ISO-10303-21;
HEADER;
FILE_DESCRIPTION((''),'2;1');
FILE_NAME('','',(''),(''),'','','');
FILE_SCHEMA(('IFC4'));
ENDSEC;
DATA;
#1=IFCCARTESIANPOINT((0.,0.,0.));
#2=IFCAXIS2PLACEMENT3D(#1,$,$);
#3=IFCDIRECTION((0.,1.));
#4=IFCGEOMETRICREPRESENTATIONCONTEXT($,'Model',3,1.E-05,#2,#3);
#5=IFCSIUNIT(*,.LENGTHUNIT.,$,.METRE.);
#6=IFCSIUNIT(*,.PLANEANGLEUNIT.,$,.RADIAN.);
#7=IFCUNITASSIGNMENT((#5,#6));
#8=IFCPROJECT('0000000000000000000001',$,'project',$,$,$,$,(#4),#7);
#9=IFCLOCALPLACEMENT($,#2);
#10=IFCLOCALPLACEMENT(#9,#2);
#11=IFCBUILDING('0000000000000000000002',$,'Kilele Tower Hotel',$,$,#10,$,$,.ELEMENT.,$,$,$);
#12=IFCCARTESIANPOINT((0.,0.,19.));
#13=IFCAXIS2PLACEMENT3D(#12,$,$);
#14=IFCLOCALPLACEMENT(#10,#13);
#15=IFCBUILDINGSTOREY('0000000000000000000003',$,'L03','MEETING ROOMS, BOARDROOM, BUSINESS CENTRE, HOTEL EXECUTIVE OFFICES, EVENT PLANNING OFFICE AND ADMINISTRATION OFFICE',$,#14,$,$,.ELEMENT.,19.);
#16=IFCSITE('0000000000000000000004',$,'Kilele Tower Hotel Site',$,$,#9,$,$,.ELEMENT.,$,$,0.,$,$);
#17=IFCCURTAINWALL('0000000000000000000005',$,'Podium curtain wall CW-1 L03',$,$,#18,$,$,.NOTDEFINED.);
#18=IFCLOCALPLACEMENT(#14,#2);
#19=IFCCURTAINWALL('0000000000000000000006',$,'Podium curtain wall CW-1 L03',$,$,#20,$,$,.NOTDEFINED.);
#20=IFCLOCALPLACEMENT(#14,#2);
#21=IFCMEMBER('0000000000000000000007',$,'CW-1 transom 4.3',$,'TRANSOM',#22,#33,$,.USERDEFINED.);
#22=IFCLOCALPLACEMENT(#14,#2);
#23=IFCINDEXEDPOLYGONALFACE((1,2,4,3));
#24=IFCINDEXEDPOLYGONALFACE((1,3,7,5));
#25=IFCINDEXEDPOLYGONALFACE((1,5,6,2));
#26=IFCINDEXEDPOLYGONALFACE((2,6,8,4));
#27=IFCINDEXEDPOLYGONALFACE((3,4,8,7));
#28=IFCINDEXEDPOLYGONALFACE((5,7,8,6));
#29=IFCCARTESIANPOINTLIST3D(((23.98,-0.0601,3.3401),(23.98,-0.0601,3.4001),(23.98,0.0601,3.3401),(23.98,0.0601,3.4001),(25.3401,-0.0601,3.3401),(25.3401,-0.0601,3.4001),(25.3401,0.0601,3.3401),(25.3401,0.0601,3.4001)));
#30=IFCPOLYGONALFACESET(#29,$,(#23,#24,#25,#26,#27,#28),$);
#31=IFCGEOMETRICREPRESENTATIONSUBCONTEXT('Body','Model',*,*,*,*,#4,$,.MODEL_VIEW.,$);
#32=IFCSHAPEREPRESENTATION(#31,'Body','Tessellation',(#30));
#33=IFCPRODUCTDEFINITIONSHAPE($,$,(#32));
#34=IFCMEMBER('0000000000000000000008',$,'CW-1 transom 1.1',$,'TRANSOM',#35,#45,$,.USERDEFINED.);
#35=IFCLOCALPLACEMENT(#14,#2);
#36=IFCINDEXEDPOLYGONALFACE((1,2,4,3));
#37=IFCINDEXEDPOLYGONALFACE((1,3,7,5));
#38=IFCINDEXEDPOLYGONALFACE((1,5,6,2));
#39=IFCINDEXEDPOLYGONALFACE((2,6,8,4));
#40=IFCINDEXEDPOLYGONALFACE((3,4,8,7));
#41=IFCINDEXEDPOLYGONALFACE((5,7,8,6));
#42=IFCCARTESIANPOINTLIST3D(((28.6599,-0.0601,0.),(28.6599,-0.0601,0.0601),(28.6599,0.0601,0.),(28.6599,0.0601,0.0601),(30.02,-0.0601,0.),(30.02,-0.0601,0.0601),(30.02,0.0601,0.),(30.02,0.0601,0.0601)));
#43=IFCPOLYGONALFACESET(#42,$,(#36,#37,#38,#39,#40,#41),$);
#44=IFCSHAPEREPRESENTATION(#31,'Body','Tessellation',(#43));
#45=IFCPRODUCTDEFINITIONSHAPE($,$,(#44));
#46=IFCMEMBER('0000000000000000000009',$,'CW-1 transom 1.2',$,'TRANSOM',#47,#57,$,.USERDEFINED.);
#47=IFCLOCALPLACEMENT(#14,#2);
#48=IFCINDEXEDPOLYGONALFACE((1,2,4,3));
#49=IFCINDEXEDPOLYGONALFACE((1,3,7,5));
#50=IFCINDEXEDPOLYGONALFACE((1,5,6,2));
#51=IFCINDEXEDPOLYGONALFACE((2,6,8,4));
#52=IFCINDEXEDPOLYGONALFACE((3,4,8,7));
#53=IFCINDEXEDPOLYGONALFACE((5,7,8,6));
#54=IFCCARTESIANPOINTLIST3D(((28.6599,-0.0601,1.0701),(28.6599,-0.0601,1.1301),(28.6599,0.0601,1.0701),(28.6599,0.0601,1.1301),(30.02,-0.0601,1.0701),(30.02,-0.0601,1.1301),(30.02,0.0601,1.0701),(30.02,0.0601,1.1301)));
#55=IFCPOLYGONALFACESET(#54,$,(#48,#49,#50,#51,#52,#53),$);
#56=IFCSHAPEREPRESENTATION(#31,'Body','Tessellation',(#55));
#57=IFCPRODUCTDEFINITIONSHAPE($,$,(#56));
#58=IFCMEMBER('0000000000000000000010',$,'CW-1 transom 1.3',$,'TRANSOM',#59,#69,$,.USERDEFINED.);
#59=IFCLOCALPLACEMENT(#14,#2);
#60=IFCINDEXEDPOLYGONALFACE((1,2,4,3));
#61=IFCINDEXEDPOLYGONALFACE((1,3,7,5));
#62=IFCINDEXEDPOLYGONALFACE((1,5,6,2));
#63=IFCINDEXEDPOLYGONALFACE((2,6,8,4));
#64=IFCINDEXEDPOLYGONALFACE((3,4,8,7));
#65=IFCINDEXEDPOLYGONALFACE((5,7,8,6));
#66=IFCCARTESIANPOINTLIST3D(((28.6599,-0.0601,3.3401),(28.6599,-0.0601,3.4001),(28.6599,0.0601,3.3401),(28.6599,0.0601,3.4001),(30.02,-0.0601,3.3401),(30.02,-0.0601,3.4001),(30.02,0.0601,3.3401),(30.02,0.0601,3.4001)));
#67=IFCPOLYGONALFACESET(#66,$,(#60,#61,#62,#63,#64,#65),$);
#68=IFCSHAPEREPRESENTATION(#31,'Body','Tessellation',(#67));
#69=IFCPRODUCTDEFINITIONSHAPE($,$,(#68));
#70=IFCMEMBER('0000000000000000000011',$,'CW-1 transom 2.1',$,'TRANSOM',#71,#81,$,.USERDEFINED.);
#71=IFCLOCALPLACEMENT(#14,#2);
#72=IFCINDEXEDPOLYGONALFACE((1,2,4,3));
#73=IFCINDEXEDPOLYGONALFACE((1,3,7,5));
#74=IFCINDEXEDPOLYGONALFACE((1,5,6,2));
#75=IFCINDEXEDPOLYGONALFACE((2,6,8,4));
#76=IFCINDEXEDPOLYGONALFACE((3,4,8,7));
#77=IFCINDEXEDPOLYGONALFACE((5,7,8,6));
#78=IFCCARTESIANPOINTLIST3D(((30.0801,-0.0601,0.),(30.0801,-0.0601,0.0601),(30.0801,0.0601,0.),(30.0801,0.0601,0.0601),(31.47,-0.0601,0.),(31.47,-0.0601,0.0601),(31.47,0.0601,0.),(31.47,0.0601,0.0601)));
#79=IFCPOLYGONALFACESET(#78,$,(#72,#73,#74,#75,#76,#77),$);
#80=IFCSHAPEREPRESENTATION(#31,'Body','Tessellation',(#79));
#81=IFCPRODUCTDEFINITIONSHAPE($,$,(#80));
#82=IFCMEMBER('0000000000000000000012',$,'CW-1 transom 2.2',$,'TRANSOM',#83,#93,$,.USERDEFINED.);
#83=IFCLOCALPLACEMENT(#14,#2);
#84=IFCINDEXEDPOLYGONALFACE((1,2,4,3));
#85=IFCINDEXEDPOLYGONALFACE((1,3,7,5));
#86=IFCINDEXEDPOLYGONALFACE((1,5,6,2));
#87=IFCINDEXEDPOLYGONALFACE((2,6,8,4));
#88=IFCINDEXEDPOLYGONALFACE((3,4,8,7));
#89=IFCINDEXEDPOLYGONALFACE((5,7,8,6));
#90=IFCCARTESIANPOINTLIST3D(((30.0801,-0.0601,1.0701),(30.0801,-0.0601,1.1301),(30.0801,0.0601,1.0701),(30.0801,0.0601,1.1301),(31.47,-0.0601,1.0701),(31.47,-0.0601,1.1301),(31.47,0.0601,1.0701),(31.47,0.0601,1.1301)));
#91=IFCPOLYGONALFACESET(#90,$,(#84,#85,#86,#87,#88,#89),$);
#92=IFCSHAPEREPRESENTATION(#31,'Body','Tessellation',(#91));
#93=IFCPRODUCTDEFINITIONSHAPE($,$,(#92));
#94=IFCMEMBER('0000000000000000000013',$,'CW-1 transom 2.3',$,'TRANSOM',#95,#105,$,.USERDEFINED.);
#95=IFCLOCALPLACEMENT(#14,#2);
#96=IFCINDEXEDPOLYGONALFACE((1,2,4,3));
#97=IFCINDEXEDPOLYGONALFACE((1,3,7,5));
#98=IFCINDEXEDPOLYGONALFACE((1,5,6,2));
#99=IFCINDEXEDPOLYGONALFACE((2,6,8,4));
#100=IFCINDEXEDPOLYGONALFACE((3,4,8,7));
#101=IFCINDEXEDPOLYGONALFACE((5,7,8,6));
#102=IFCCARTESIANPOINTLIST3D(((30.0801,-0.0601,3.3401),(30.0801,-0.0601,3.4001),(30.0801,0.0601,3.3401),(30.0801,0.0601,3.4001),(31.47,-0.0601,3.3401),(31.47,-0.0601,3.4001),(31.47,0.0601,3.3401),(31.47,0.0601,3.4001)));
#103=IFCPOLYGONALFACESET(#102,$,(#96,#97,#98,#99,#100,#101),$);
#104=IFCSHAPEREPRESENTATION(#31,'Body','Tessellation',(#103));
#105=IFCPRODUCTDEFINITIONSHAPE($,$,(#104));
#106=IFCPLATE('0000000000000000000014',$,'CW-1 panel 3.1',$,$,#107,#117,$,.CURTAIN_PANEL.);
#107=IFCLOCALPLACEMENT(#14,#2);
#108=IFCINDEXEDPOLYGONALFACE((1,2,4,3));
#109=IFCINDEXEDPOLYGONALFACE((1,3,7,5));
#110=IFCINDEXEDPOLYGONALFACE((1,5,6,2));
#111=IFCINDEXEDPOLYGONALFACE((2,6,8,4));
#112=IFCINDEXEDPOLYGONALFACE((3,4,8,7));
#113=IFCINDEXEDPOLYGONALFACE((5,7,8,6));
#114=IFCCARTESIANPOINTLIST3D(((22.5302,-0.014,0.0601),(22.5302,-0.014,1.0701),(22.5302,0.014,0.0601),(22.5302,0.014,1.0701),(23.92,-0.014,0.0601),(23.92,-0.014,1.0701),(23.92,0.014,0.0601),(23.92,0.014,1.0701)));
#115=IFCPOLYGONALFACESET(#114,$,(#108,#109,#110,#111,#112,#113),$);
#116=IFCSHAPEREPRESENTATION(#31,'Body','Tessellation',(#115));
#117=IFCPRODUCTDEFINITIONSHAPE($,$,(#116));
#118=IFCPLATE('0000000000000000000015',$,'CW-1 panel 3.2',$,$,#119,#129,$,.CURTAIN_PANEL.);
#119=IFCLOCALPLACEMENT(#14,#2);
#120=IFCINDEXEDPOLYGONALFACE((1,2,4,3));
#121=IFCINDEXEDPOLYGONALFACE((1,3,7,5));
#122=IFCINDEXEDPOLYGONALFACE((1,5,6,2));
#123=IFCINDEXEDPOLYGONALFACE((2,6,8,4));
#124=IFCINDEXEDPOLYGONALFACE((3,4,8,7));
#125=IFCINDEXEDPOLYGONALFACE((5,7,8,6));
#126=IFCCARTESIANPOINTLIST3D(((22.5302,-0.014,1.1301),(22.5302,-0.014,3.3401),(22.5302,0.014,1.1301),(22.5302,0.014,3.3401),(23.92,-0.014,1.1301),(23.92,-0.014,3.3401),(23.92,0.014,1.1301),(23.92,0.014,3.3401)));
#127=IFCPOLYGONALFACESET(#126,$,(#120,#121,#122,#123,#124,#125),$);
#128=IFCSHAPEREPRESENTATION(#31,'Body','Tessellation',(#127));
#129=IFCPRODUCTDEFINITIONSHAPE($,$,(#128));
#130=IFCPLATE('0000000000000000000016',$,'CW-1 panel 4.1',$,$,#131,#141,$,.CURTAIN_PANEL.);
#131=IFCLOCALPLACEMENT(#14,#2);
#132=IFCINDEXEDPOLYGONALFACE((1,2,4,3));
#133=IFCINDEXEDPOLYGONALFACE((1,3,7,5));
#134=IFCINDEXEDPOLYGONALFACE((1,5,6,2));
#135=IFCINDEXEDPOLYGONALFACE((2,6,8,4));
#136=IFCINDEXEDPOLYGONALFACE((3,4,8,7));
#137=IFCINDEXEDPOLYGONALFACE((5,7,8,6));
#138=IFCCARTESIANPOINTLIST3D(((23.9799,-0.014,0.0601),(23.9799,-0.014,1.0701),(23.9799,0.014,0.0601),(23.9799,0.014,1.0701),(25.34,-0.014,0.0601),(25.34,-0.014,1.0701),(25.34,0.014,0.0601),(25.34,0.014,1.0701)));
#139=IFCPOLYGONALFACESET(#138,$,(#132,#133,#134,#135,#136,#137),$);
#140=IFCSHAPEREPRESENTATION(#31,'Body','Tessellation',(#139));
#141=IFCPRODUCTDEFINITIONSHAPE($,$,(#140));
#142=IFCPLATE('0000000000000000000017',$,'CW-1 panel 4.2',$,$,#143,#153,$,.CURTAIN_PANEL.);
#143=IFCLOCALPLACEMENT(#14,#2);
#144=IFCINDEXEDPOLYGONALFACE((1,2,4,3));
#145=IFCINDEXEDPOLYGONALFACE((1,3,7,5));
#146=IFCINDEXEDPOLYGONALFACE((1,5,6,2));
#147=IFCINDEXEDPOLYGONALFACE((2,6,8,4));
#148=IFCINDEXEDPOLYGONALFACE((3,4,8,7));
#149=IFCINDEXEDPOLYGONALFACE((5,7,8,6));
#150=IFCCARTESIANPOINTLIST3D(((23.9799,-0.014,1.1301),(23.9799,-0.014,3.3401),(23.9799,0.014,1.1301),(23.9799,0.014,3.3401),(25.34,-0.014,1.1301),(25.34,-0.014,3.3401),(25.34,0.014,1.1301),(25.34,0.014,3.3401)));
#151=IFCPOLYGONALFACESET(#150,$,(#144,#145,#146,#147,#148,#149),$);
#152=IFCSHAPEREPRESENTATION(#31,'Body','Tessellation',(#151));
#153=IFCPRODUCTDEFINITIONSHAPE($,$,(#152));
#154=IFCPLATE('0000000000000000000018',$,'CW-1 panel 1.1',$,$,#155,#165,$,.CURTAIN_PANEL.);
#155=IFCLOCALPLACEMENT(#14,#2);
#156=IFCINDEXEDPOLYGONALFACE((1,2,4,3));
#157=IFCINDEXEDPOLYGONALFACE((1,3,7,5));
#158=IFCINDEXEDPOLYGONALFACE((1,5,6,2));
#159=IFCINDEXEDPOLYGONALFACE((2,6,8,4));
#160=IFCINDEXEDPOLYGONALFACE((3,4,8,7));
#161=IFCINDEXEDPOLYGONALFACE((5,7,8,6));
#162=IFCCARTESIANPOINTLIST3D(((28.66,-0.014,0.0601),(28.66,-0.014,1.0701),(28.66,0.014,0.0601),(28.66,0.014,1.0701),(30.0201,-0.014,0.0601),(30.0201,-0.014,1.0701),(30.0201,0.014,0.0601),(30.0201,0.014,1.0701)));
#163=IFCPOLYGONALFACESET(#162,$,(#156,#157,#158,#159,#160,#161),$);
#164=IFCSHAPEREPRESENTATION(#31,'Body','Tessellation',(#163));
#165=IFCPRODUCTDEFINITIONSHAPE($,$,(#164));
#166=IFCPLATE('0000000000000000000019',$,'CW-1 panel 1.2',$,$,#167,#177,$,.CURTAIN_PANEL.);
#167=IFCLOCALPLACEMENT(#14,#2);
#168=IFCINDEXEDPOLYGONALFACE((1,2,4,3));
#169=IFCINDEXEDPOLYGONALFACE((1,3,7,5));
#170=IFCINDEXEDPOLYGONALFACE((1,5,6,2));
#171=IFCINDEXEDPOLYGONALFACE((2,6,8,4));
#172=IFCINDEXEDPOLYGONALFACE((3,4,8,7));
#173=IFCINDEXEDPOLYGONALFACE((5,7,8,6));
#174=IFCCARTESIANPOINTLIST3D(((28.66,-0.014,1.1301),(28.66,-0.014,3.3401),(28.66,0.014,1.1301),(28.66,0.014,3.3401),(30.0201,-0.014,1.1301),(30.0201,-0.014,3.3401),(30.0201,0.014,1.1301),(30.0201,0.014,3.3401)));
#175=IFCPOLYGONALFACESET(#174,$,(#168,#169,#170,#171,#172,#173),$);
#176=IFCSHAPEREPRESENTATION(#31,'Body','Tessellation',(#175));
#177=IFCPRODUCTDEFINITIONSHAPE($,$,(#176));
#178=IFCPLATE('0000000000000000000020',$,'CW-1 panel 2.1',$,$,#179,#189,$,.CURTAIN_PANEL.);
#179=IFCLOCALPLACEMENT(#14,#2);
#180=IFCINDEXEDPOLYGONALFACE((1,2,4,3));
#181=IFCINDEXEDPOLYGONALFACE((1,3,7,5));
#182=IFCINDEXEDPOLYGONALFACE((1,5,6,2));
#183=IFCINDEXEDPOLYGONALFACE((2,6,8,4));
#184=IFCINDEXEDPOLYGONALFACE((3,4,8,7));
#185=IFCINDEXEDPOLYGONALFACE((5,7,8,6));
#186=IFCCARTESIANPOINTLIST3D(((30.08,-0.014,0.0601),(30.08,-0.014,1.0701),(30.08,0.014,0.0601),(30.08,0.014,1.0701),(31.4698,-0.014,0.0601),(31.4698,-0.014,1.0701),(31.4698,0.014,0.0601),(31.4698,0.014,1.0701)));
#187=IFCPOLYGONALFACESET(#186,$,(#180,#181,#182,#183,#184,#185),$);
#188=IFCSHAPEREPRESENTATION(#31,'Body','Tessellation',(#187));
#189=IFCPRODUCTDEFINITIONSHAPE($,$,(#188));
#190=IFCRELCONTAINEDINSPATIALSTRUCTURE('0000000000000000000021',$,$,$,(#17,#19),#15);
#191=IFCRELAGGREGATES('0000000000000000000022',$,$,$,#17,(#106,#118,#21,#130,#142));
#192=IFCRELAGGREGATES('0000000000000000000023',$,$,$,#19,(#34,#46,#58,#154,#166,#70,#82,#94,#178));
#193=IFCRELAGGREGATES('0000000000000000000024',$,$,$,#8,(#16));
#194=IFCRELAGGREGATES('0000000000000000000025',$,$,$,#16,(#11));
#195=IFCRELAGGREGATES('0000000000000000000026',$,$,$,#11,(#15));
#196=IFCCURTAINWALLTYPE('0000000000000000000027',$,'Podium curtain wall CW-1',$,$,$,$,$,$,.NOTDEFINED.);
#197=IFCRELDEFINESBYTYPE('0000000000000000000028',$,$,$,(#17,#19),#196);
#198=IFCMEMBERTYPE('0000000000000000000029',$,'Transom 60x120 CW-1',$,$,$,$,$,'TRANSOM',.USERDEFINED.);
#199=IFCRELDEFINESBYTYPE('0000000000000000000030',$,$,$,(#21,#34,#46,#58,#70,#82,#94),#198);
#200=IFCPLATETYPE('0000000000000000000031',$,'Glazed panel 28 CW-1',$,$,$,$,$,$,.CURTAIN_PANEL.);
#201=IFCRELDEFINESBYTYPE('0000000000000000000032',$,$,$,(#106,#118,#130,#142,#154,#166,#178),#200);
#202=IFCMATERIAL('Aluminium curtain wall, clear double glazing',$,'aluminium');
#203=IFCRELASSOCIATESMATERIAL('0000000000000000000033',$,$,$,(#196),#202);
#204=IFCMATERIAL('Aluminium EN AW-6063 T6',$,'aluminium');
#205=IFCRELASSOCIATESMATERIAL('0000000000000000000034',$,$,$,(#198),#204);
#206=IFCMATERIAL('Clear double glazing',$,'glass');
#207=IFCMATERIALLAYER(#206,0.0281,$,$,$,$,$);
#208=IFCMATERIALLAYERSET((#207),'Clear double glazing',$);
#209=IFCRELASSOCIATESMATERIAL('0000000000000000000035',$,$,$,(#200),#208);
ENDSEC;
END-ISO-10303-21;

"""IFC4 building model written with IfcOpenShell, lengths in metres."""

from ifc_helpers import new_model, si_unit, direction, frame, origin, origin_2d, place, context, subcontext, project, spatial, rectangle, extrude, material, layer, layer_set, material_profile, profile_set, type_object, element, aggregate, save


model = new_model("IFC4")

# Units and contexts
model_context = context("Model", 3, precision=1e-05, world=origin(), true_north=direction((0.0, 1.0)))
body_context = subcontext(model_context, "Body", "Model", "MODEL_VIEW")
ifc_project = project(units=[si_unit("LENGTHUNIT", "METRE"), si_unit("PLANEANGLEUNIT", "RADIAN")], contexts=[model_context])

# Site, building, storey
site_placement = place(None, origin())
site = spatial("IfcSite", under=ifc_project, at=site_placement, Name="Kilele Tower Hotel Site", CompositionType="ELEMENT", RefElevation=0.0)
building_placement = place(site_placement, origin())
building = spatial("IfcBuilding", under=site, at=building_placement, Name="Kilele Tower Hotel", CompositionType="ELEMENT")
storey_placement = place(building_placement, frame((0.0, 0.0, 19.0)))
storey = spatial("IfcBuildingStorey", under=building, at=storey_placement, Name="L03", Description="MEETING ROOMS, BOARDROOM, BUSINESS CENTRE, HOTEL EXECUTIVE OFFICES, EVENT PLANNING OFFICE AND ADMINISTRATION OFFICE", CompositionType="ELEMENT", Elevation=19.0)

# Curtain walls
ifc_material_1 = material(Name="Aluminium curtain wall, clear double glazing", Category="aluminium")
curtain_wall_type = type_object("IfcCurtainWallType", Name="Podium curtain wall CW-1", PredefinedType="NOTDEFINED", material=ifc_material_1)
curtain_wall_1_placement = place(storey_placement, origin())
curtain_wall_1 = element("IfcCurtainWall", 1, at=curtain_wall_1_placement, inside=storey, type_object=curtain_wall_type, Name="Podium curtain wall CW-1 L03", PredefinedType="NOTDEFINED")
curtain_wall_2_placement = place(storey_placement, origin())
curtain_wall_2 = element("IfcCurtainWall", 2, at=curtain_wall_2_placement, inside=storey, type_object=curtain_wall_type, Name="Podium curtain wall CW-1 L03", PredefinedType="NOTDEFINED")

# Members
ifc_material_2 = material(Name="Aluminium EN AW-6063 T6", Category="aluminium")
ifc_material_profile_1 = material_profile(ifc_material_2, rectangle(XDim=0.1201, YDim=0.0601, at=origin_2d()))
ifc_profile_set_1 = profile_set([ifc_material_profile_1], Name="Aluminium EN AW-6063 T6")
member_type_1 = type_object("IfcMemberType", Name="Transom 60x120 CW-1", ElementType="TRANSOM", PredefinedType="USERDEFINED", material=ifc_profile_set_1)
member_1_placement = place(storey_placement, frame((23.98, 0.0, 3.3701), z_axis=(1.0, 0.0, 0.0), x_axis=(0.0, 1.0, 0.0)))
member_1 = element("IfcMember", 3, at=member_1_placement, type_object=member_type_1, Name="CW-1 transom 4.3", ObjectType="TRANSOM", PredefinedType="USERDEFINED", context=body_context, shape_type="SweptSolid", body=[
    extrude(rectangle(XDim=0.1201, YDim=0.0601, at=origin_2d()), origin(), (0.0, 0.0, 1.0), 1.3601),
])
member_2_placement = place(storey_placement, frame((28.6599, 0.0, 0.03), z_axis=(1.0, 0.0, 0.0), x_axis=(0.0, 1.0, 0.0)))
member_2 = element("IfcMember", 4, at=member_2_placement, type_object=member_type_1, Name="CW-1 transom 1.1", ObjectType="TRANSOM", PredefinedType="USERDEFINED", context=body_context, shape_type="SweptSolid", body=[
    extrude(rectangle(XDim=0.1201, YDim=0.0601, at=origin_2d()), origin(), (0.0, 0.0, 1.0), 1.3601),
])
member_3_placement = place(storey_placement, frame((28.6599, 0.0, 1.1001), z_axis=(1.0, 0.0, 0.0), x_axis=(0.0, 1.0, 0.0)))
member_3 = element("IfcMember", 5, at=member_3_placement, type_object=member_type_1, Name="CW-1 transom 1.2", ObjectType="TRANSOM", PredefinedType="USERDEFINED", context=body_context, shape_type="SweptSolid", body=[
    extrude(rectangle(XDim=0.1201, YDim=0.0601, at=origin_2d()), origin(), (0.0, 0.0, 1.0), 1.3601),
])
member_4_placement = place(storey_placement, frame((28.6599, 0.0, 3.3701), z_axis=(1.0, 0.0, 0.0), x_axis=(0.0, 1.0, 0.0)))
member_4 = element("IfcMember", 6, at=member_4_placement, type_object=member_type_1, Name="CW-1 transom 1.3", ObjectType="TRANSOM", PredefinedType="USERDEFINED", context=body_context, shape_type="SweptSolid", body=[
    extrude(rectangle(XDim=0.1201, YDim=0.0601, at=origin_2d()), origin(), (0.0, 0.0, 1.0), 1.3601),
])
member_5_placement = place(storey_placement, frame((30.0801, 0.0, 0.03), z_axis=(1.0, 0.0, 0.0), x_axis=(0.0, 1.0, 0.0)))
member_5 = element("IfcMember", 7, at=member_5_placement, type_object=member_type_1, Name="CW-1 transom 2.1", ObjectType="TRANSOM", PredefinedType="USERDEFINED", context=body_context, shape_type="SweptSolid", body=[
    extrude(rectangle(XDim=0.1201, YDim=0.0601, at=origin_2d()), origin(), (0.0, 0.0, 1.0), 1.3899),
])
member_6_placement = place(storey_placement, frame((30.0801, 0.0, 1.1001), z_axis=(1.0, 0.0, 0.0), x_axis=(0.0, 1.0, 0.0)))
member_6 = element("IfcMember", 8, at=member_6_placement, type_object=member_type_1, Name="CW-1 transom 2.2", ObjectType="TRANSOM", PredefinedType="USERDEFINED", context=body_context, shape_type="SweptSolid", body=[
    extrude(rectangle(XDim=0.1201, YDim=0.0601, at=origin_2d()), origin(), (0.0, 0.0, 1.0), 1.3899),
])
member_7_placement = place(storey_placement, frame((30.0801, 0.0, 3.3701), z_axis=(1.0, 0.0, 0.0), x_axis=(0.0, 1.0, 0.0)))
member_7 = element("IfcMember", 9, at=member_7_placement, type_object=member_type_1, Name="CW-1 transom 2.3", ObjectType="TRANSOM", PredefinedType="USERDEFINED", context=body_context, shape_type="SweptSolid", body=[
    extrude(rectangle(XDim=0.1201, YDim=0.0601, at=origin_2d()), origin(), (0.0, 0.0, 1.0), 1.3899),
])

# Plates
ifc_material_3 = material(Name="Clear double glazing", Category="glass")
ifc_layer = layer(ifc_material_3, 0.0281)
ifc_layer_set = layer_set([ifc_layer], Name="Clear double glazing")
plate_type = type_object("IfcPlateType", Name="Glazed panel 28 CW-1", PredefinedType="CURTAIN_PANEL", material=ifc_layer_set)
plate_1_placement = place(storey_placement, frame((23.2251, 0.0, 0.0601), z_axis=(0.0, 0.0, 1.0), x_axis=(1.0, 0.0, 0.0)))
plate_1 = element("IfcPlate", 10, at=plate_1_placement, type_object=plate_type, Name="CW-1 panel 3.1", PredefinedType="CURTAIN_PANEL", context=body_context, shape_type="SweptSolid", body=[
    extrude(rectangle(XDim=1.3899, YDim=0.0281, at=origin_2d()), origin(), (0.0, 0.0, 1.0), 1.01),
])
plate_2_placement = place(storey_placement, frame((23.2251, 0.0, 1.1301), z_axis=(0.0, 0.0, 1.0), x_axis=(1.0, 0.0, 0.0)))
plate_2 = element("IfcPlate", 11, at=plate_2_placement, type_object=plate_type, Name="CW-1 panel 3.2", PredefinedType="CURTAIN_PANEL", context=body_context, shape_type="SweptSolid", body=[
    extrude(rectangle(XDim=1.3899, YDim=0.0281, at=origin_2d()), origin(), (0.0, 0.0, 1.0), 2.21),
])
plate_3_placement = place(storey_placement, frame((24.6599, 0.0, 0.0601), z_axis=(0.0, 0.0, 1.0), x_axis=(1.0, 0.0, 0.0)))
plate_3 = element("IfcPlate", 12, at=plate_3_placement, type_object=plate_type, Name="CW-1 panel 4.1", PredefinedType="CURTAIN_PANEL", context=body_context, shape_type="SweptSolid", body=[
    extrude(rectangle(XDim=1.3601, YDim=0.0281, at=origin_2d()), origin(), (0.0, 0.0, 1.0), 1.01),
])
plate_4_placement = place(storey_placement, frame((24.6599, 0.0, 1.1301), z_axis=(0.0, 0.0, 1.0), x_axis=(1.0, 0.0, 0.0)))
plate_4 = element("IfcPlate", 13, at=plate_4_placement, type_object=plate_type, Name="CW-1 panel 4.2", PredefinedType="CURTAIN_PANEL", context=body_context, shape_type="SweptSolid", body=[
    extrude(rectangle(XDim=1.3601, YDim=0.0281, at=origin_2d()), origin(), (0.0, 0.0, 1.0), 2.21),
])
aggregate(curtain_wall_1, [plate_1, plate_2, member_1, plate_3, plate_4])
plate_5_placement = place(storey_placement, frame((29.3401, 0.0, 0.0601), z_axis=(0.0, 0.0, 1.0), x_axis=(1.0, 0.0, 0.0)))
plate_5 = element("IfcPlate", 14, at=plate_5_placement, type_object=plate_type, Name="CW-1 panel 1.1", PredefinedType="CURTAIN_PANEL", context=body_context, shape_type="SweptSolid", body=[
    extrude(rectangle(XDim=1.3601, YDim=0.0281, at=origin_2d()), origin(), (0.0, 0.0, 1.0), 1.01),
])
plate_6_placement = place(storey_placement, frame((29.3401, 0.0, 1.1301), z_axis=(0.0, 0.0, 1.0), x_axis=(1.0, 0.0, 0.0)))
plate_6 = element("IfcPlate", 15, at=plate_6_placement, type_object=plate_type, Name="CW-1 panel 1.2", PredefinedType="CURTAIN_PANEL", context=body_context, shape_type="SweptSolid", body=[
    extrude(rectangle(XDim=1.3601, YDim=0.0281, at=origin_2d()), origin(), (0.0, 0.0, 1.0), 2.21),
])
plate_7_placement = place(storey_placement, frame((30.7749, 0.0, 0.0601), z_axis=(0.0, 0.0, 1.0), x_axis=(1.0, 0.0, 0.0)))
plate_7 = element("IfcPlate", 16, at=plate_7_placement, type_object=plate_type, Name="CW-1 panel 2.1", PredefinedType="CURTAIN_PANEL", context=body_context, shape_type="SweptSolid", body=[
    extrude(rectangle(XDim=1.3899, YDim=0.0281, at=origin_2d()), origin(), (0.0, 0.0, 1.0), 1.01),
])
aggregate(curtain_wall_2, [member_2, member_3, member_4, plate_5, plate_6, member_5, member_6, member_7, plate_7])

save(model, "model.ifc")
